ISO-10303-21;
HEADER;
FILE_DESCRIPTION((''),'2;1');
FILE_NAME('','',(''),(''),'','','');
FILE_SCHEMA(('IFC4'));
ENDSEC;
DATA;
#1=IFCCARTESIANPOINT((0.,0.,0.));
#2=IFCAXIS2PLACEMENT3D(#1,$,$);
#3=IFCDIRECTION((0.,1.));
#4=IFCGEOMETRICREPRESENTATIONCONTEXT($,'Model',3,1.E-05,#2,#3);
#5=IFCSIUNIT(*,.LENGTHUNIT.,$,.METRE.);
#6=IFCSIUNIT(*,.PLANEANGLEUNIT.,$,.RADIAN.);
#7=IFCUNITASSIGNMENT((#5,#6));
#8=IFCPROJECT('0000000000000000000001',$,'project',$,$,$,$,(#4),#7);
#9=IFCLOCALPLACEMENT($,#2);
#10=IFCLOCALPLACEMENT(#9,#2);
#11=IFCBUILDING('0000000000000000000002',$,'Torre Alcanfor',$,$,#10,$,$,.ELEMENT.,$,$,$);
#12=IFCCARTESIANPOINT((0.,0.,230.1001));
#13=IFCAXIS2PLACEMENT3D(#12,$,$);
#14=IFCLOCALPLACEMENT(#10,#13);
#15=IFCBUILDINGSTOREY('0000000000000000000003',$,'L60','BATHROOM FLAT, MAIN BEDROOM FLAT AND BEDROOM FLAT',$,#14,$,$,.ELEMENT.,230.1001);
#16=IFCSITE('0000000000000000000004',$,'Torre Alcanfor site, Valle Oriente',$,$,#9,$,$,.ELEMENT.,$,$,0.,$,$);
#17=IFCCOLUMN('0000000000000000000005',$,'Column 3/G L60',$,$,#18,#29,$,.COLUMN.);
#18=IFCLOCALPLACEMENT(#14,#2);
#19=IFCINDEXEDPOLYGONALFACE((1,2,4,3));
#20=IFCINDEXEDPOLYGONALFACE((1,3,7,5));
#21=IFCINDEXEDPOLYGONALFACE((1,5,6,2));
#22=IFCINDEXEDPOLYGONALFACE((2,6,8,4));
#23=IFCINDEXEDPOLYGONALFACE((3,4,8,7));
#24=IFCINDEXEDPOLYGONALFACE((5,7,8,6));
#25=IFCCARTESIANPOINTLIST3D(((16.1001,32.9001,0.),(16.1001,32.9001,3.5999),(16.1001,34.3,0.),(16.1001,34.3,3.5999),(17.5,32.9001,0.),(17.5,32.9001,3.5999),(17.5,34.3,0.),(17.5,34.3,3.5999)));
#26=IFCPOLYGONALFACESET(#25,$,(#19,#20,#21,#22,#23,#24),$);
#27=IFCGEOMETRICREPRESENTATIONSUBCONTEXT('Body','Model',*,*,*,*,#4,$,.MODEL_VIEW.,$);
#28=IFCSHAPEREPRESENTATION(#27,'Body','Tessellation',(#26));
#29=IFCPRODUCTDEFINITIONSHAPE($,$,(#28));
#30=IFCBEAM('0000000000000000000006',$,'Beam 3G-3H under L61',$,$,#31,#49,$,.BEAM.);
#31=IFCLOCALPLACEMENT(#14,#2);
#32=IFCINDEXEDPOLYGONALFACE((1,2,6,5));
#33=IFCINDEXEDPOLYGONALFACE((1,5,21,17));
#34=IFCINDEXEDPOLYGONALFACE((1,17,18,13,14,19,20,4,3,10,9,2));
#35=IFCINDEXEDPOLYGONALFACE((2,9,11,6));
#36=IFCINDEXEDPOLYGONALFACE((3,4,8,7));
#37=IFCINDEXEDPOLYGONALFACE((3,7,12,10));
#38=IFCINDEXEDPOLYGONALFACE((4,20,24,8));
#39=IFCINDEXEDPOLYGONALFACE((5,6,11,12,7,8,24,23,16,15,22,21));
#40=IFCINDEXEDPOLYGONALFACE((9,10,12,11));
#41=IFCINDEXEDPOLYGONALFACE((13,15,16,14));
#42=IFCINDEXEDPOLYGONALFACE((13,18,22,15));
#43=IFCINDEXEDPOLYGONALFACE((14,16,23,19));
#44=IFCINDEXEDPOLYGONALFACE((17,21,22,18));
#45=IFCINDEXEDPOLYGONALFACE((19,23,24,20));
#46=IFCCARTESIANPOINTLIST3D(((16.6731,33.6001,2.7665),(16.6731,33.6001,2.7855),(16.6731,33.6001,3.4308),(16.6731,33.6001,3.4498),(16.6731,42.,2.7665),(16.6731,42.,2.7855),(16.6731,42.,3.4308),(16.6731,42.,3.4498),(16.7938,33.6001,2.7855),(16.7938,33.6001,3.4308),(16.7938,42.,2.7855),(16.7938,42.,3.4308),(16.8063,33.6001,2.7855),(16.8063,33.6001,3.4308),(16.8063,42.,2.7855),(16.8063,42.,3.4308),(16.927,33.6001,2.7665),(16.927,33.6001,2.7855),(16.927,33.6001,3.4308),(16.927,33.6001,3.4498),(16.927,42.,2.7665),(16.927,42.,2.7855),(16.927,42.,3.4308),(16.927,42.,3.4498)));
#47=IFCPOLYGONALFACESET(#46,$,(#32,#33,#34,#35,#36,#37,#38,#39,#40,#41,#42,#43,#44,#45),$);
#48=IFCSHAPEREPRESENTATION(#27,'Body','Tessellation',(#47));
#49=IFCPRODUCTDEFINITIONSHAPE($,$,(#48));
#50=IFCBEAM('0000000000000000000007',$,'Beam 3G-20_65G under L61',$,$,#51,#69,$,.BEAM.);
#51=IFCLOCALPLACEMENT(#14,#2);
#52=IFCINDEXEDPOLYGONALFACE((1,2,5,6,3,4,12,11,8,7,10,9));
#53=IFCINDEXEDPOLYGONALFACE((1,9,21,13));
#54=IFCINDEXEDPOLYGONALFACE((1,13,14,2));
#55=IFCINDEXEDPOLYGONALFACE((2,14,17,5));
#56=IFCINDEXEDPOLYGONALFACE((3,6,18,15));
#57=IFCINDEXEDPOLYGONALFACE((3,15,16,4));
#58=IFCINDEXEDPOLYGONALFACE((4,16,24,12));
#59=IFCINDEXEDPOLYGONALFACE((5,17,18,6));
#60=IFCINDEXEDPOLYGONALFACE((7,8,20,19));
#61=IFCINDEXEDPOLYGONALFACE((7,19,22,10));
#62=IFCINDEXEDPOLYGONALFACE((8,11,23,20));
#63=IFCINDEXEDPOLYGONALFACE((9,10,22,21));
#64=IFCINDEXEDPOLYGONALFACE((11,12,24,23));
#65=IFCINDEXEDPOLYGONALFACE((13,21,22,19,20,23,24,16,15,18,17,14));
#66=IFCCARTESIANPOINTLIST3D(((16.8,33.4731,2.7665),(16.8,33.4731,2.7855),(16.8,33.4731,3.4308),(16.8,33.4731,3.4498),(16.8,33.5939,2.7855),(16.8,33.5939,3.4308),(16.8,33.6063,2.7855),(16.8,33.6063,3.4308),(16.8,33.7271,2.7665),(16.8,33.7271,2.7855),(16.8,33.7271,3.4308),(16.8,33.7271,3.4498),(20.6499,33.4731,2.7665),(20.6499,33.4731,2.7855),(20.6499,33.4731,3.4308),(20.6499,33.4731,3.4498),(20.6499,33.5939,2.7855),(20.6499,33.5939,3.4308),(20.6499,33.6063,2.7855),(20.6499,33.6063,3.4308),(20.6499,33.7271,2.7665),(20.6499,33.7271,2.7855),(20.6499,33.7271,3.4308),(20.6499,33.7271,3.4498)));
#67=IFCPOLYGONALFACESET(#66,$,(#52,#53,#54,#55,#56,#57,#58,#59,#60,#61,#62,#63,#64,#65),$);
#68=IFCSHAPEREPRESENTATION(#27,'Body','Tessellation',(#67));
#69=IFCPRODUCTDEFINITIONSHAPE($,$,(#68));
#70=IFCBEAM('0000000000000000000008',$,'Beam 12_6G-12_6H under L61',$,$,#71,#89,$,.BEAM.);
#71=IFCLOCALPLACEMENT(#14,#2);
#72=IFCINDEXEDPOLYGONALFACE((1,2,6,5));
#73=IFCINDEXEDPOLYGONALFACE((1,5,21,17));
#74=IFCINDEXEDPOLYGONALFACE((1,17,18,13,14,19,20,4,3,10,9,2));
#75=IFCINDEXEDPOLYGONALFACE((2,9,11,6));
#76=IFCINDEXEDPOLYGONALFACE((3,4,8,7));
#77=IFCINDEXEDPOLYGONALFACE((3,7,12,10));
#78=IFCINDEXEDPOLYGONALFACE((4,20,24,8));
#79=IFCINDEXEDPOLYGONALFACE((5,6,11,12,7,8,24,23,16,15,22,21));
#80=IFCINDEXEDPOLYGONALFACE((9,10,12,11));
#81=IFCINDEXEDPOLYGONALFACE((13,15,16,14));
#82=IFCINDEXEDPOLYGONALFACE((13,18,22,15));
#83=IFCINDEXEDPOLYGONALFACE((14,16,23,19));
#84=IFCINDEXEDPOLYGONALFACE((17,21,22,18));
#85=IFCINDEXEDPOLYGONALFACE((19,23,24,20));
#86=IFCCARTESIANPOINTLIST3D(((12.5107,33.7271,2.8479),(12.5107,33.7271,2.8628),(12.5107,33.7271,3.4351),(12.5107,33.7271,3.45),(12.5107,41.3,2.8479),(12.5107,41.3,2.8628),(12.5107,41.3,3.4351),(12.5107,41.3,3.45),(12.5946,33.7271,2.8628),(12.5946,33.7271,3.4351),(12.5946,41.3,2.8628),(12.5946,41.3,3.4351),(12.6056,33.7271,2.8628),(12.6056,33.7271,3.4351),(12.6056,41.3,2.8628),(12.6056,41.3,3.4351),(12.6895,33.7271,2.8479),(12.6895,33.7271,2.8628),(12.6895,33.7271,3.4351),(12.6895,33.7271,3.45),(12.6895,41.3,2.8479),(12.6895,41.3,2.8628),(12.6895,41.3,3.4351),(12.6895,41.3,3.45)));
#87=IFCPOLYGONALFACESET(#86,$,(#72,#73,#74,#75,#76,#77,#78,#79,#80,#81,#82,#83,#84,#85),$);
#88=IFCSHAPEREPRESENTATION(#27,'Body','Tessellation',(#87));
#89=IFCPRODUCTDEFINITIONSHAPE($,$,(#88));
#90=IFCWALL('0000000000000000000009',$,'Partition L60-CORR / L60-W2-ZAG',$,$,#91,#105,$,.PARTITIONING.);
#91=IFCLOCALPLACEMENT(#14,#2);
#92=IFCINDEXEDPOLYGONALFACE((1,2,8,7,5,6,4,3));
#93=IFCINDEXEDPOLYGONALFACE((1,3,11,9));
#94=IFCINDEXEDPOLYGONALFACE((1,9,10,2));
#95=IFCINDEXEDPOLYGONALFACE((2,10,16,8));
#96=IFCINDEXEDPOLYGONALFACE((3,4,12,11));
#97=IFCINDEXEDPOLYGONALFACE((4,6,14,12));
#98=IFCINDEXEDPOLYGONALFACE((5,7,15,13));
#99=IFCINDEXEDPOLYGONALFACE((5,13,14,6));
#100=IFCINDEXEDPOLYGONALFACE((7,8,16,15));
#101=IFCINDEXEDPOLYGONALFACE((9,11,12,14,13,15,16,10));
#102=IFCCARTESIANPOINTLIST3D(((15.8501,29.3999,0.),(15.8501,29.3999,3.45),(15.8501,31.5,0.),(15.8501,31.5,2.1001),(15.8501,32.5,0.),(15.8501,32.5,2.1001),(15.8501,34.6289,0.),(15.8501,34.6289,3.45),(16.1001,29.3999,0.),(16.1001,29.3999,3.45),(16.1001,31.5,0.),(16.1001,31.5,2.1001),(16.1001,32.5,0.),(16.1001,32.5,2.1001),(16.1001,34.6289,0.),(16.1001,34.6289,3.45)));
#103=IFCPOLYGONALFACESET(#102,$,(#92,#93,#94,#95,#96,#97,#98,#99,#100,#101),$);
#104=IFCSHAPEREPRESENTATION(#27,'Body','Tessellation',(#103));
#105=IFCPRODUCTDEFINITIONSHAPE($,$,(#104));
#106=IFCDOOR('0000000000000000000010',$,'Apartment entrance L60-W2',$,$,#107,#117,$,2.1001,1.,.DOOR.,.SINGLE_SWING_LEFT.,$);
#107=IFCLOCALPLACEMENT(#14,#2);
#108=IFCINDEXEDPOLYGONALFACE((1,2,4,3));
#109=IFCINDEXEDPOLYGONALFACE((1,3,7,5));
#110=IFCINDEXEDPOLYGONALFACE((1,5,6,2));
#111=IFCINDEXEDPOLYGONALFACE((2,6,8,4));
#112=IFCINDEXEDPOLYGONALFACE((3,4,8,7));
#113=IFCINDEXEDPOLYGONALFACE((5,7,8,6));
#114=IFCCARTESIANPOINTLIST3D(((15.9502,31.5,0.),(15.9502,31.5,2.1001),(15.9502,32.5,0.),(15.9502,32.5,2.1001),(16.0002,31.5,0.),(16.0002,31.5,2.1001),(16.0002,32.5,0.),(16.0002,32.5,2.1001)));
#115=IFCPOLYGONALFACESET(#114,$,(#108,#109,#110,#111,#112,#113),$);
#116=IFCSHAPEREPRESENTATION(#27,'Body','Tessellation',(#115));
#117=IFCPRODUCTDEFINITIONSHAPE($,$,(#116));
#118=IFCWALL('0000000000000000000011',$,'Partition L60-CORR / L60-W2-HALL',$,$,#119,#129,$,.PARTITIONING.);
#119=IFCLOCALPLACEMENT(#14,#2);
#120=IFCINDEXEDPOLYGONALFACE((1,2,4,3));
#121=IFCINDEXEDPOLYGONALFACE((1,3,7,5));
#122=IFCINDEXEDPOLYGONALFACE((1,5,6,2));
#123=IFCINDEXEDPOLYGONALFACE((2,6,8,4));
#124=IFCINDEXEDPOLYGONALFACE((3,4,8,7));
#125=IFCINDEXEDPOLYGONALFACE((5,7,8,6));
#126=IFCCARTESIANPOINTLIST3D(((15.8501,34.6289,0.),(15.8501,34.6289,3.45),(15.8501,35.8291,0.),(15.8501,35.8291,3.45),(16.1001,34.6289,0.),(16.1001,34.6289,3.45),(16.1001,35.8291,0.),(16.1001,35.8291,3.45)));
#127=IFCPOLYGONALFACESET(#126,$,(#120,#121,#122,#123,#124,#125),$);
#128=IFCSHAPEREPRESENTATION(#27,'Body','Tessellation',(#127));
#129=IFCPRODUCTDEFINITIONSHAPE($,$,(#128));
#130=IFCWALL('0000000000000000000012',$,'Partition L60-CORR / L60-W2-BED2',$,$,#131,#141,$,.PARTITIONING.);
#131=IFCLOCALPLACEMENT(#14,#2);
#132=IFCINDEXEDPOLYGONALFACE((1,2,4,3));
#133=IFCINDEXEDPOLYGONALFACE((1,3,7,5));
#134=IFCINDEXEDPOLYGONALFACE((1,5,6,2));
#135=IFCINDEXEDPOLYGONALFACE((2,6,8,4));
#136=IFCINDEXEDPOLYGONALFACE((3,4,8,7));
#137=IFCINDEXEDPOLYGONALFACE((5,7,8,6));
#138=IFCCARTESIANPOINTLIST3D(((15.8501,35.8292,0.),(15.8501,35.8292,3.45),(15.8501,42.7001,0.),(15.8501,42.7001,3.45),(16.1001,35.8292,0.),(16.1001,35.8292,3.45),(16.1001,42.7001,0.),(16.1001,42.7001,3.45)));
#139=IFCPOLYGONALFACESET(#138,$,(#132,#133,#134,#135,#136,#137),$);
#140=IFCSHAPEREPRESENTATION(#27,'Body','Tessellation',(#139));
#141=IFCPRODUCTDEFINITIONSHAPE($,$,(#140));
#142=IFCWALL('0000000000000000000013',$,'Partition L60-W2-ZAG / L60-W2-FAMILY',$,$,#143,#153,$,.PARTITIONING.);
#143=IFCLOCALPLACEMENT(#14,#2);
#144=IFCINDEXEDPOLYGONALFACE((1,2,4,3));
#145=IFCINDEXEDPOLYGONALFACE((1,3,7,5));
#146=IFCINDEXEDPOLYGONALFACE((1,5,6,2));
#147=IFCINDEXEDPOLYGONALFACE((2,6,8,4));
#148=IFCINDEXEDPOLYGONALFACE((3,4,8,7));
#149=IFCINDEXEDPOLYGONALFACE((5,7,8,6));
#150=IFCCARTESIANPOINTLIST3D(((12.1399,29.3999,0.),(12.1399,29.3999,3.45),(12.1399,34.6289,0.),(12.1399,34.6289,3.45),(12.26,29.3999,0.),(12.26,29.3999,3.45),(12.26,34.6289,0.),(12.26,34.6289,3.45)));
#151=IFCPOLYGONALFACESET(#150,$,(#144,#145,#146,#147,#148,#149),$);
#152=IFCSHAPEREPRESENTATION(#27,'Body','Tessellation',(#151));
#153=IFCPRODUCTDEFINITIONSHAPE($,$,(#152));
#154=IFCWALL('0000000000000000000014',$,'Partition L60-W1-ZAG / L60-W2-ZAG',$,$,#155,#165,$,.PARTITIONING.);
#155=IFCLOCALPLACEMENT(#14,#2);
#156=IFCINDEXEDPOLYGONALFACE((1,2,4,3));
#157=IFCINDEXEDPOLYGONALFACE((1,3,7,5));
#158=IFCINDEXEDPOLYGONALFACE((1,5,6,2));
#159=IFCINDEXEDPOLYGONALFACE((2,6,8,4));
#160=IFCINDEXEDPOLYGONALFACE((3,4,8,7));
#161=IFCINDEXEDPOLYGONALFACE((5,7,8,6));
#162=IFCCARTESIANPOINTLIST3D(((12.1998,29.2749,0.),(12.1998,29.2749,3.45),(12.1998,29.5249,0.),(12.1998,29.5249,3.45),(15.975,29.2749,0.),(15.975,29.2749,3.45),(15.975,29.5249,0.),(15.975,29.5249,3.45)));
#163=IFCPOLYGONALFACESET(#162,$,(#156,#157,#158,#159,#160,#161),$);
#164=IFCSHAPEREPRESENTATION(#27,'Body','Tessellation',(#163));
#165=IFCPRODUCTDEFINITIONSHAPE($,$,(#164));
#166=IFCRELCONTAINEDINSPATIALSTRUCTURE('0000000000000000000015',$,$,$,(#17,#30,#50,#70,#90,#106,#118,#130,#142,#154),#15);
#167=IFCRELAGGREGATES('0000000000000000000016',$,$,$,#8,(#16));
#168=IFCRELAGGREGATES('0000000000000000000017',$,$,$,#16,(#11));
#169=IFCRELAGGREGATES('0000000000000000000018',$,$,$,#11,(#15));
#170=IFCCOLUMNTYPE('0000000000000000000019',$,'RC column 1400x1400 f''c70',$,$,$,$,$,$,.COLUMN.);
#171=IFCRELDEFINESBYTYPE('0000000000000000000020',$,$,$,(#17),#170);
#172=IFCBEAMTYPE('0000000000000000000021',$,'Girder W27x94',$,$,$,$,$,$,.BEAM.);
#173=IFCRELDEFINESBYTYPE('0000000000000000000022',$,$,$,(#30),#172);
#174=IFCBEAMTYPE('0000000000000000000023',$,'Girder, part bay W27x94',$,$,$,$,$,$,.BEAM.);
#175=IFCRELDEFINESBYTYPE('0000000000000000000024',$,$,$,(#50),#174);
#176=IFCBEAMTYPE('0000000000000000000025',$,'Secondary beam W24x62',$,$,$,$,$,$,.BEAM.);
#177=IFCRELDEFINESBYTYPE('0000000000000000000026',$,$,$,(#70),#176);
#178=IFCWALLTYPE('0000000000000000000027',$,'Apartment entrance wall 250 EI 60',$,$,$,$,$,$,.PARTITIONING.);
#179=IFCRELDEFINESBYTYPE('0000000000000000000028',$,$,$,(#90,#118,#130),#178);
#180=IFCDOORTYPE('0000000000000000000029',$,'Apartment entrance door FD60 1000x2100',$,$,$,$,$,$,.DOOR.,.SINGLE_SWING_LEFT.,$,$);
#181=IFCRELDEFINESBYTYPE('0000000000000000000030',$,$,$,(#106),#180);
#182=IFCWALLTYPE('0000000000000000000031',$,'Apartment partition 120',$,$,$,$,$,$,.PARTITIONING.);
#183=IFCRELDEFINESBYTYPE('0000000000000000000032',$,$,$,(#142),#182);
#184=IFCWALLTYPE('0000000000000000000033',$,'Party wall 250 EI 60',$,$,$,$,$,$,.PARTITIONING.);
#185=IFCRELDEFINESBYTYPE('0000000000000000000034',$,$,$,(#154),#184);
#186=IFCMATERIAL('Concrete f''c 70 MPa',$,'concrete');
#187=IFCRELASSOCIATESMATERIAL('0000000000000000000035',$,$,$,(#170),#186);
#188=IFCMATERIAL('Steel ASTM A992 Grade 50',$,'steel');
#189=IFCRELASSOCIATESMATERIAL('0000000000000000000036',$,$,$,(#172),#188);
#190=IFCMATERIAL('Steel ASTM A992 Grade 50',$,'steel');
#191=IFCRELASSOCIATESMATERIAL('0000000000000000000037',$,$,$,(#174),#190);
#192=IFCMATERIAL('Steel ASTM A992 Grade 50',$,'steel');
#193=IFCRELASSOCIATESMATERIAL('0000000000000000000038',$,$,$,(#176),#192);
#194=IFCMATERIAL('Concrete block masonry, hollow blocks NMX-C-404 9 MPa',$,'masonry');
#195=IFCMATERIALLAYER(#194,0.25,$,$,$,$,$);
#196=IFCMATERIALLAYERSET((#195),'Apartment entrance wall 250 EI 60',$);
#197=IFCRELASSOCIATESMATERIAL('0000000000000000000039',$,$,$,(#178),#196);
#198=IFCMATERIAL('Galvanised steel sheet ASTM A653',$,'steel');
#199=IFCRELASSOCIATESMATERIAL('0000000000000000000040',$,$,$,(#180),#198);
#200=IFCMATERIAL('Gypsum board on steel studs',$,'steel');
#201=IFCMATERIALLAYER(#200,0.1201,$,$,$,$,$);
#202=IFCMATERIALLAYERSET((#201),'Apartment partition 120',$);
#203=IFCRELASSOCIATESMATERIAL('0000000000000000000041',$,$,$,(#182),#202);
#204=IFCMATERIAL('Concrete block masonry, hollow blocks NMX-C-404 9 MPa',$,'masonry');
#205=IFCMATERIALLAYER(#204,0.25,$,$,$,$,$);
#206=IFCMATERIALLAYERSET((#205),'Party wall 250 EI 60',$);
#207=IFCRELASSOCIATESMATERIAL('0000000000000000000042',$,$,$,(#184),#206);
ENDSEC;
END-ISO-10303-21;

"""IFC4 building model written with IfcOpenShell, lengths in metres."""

from ifc_helpers import new_model, si_unit, direction, frame, frame_2d, origin, origin_2d, place, context, subcontext, project, spatial, rectangle, i_section, extrude, material, layer, layer_set, material_profile, profile_set, type_object, element, fill, save


model = new_model("IFC4")

# Units and contexts
model_context = context("Model", 3, precision=1e-05, world=origin(), true_north=direction((0.0, 1.0)))
body_context = subcontext(model_context, "Body", "Model", "MODEL_VIEW")
ifc_project = project(units=[si_unit("LENGTHUNIT", "METRE"), si_unit("PLANEANGLEUNIT", "RADIAN")], contexts=[model_context])

# Site, building, storey
site_placement = place(None, origin())
site = spatial("IfcSite", under=ifc_project, at=site_placement, Name="Torre Alcanfor site, Valle Oriente", CompositionType="ELEMENT", RefElevation=0.0)
building_placement = place(site_placement, origin())
building = spatial("IfcBuilding", under=site, at=building_placement, Name="Torre Alcanfor", CompositionType="ELEMENT")
storey_placement = place(building_placement, frame((0.0, 0.0, 230.1001)))
storey = spatial("IfcBuildingStorey", under=building, at=storey_placement, Name="L60", Description="BATHROOM FLAT, MAIN BEDROOM FLAT AND BEDROOM FLAT", CompositionType="ELEMENT", Elevation=230.1001)

# Column
ifc_material_1 = material(Name="Concrete f'c 70 MPa", Category="concrete")
ifc_material_profile_1 = material_profile(ifc_material_1, rectangle(XDim=1.3999, YDim=1.3999, at=origin_2d()), Name="1400x1400")
ifc_profile_set_1 = profile_set([ifc_material_profile_1], Name="Concrete f'c 70 MPa")
column_type = type_object("IfcColumnType", Name="RC column 1400x1400 f'c70", PredefinedType="COLUMN", material=ifc_profile_set_1)
column_placement = place(storey_placement, frame((16.8, 33.6001, 0.0), z_axis=(0.0, 0.0, 1.0), x_axis=(1.0, 0.0, 0.0)))
element("IfcColumn", 1, at=column_placement, inside=storey, type_object=column_type, Name="Column 3/G L60", PredefinedType="COLUMN", context=body_context, shape_type="SweptSolid", body=[
    extrude(rectangle(XDim=1.3999, YDim=1.3999, at=origin_2d()), origin(), (0.0, 0.0, 1.0), 3.5999),
])

# Beams
ifc_material_2 = material(Name="Steel ASTM A992 Grade 50", Category="steel")
ifc_material_profile_2 = material_profile(ifc_material_2, i_section(OverallWidth=0.2539, OverallDepth=0.6833, WebThickness=0.0125, FlangeThickness=0.019, at=origin_2d()), Name="W27x94")
ifc_profile_set_2 = profile_set([ifc_material_profile_2], Name="Steel ASTM A992 Grade 50")
beam_type_1 = type_object("IfcBeamType", Name="Girder W27x94", PredefinedType="BEAM", material=ifc_profile_set_2)
beam_1_placement = place(storey_placement, frame((16.8, 33.6001, 3.1082), z_axis=(0.0, 1.0, 0.0), x_axis=(-1.0, 0.0, 0.0)))
element("IfcBeam", 2, at=beam_1_placement, inside=storey, type_object=beam_type_1, Name="Beam 3G-3H under L61", PredefinedType="BEAM", context=body_context, shape_type="SweptSolid", body=[
    extrude(i_section(OverallWidth=0.2539, OverallDepth=0.6833, WebThickness=0.0125, FlangeThickness=0.019, at=origin_2d()), origin(), (0.0, 0.0, 1.0), 8.3999),
])
ifc_material_3 = material(Name="Steel ASTM A992 Grade 50", Category="steel")
ifc_material_profile_3 = material_profile(ifc_material_3, i_section(OverallWidth=0.2539, OverallDepth=0.6833, WebThickness=0.0125, FlangeThickness=0.019, at=origin_2d()), Name="W27x94")
ifc_profile_set_3 = profile_set([ifc_material_profile_3], Name="Steel ASTM A992 Grade 50")
beam_type_2 = type_object("IfcBeamType", Name="Girder, part bay W27x94", PredefinedType="BEAM", material=ifc_profile_set_3)
beam_2_placement = place(storey_placement, frame((16.8, 33.6001, 3.1082), z_axis=(1.0, 0.0, 0.0), x_axis=(0.0, 1.0, 0.0)))
element("IfcBeam", 3, at=beam_2_placement, inside=storey, type_object=beam_type_2, Name="Beam 3G-20_65G under L61", PredefinedType="BEAM", context=body_context, shape_type="SweptSolid", body=[
    extrude(i_section(OverallWidth=0.2539, OverallDepth=0.6833, WebThickness=0.0125, FlangeThickness=0.019, at=origin_2d()), origin(), (0.0, 0.0, 1.0), 3.8499),
])
ifc_material_4 = material(Name="Steel ASTM A992 Grade 50", Category="steel")
ifc_material_profile_4 = material_profile(ifc_material_4, i_section(OverallWidth=0.1787, OverallDepth=0.6021, WebThickness=0.011, FlangeThickness=0.0149, at=origin_2d()), Name="W24x62")
ifc_profile_set_4 = profile_set([ifc_material_profile_4], Name="Steel ASTM A992 Grade 50")
beam_type_3 = type_object("IfcBeamType", Name="Secondary beam W24x62", PredefinedType="BEAM", material=ifc_profile_set_4)
beam_3_placement = place(storey_placement, frame((12.6001, 33.7271, 3.1489), z_axis=(0.0, 1.0, 0.0), x_axis=(-1.0, 0.0, 0.0)))
element("IfcBeam", 4, at=beam_3_placement, inside=storey, type_object=beam_type_3, Name="Beam 12_6G-12_6H under L61", PredefinedType="BEAM", context=body_context, shape_type="SweptSolid", body=[
    extrude(i_section(OverallWidth=0.1787, OverallDepth=0.6021, WebThickness=0.011, FlangeThickness=0.0149, at=origin_2d()), origin(), (0.0, 0.0, 1.0), 7.573),
])

# Wall, opening, door
ifc_material_5 = material(Name="Concrete block masonry, hollow blocks NMX-C-404 9 MPa", Category="masonry")
ifc_layer_1 = layer(ifc_material_5, 0.25)
ifc_layer_set_1 = layer_set([ifc_layer_1], Name="Apartment entrance wall 250 EI 60")
wall_type_1 = type_object("IfcWallType", Name="Apartment entrance wall 250 EI 60", PredefinedType="PARTITIONING", material=ifc_layer_set_1)
wall_1_placement = place(storey_placement, frame((15.9751, 29.3999, 0.0), z_axis=(0.0, 0.0, 1.0), x_axis=(0.0, 1.0, 0.0)))
wall_1 = element("IfcWall", 5, at=wall_1_placement, inside=storey, type_object=wall_type_1, Name="Partition L60-CORR / L60-W2-ZAG", PredefinedType="PARTITIONING", context=body_context, shape_type="SweptSolid", body=[
    extrude(rectangle(XDim=5.229, YDim=0.25, at=frame_2d((2.6145, 0.0))), origin(), (0.0, 0.0, 1.0), 3.45),
])
opening_1_placement = place(wall_1_placement, frame((2.1001, 0.0, 0.0)))
opening_1 = element("IfcOpeningElement", 6, at=opening_1_placement, cuts=wall_1, PredefinedType="OPENING", context=body_context, shape_type="SweptSolid", body=[
    extrude(rectangle(XDim=1.0, YDim=2.1001, at=frame_2d((0.5, 1.05))), frame((0.0, 0.135, 0.0), z_axis=(0.0, -1.0, 0.0), x_axis=(1.0, 0.0, 0.0)), (0.0, 0.0, 1.0), 0.27),
])
ifc_material_6 = material(Name="Galvanised steel sheet ASTM A653", Category="steel")
door_type_1 = type_object("IfcDoorType", Name="Apartment entrance door FD60 1000x2100", OperationType="SINGLE_SWING_LEFT", PredefinedType="DOOR", material=ifc_material_6)
door_1_placement = place(opening_1_placement, origin())
door_1 = element("IfcDoor", 7, at=door_1_placement, inside=storey, type_object=door_type_1, Name="Apartment entrance L60-W2", OperationType="SINGLE_SWING_LEFT", OverallHeight=2.1001, OverallWidth=1.0, PredefinedType="DOOR", context=body_context, shape_type="SweptSolid", body=[
    extrude(rectangle(XDim=1.0, YDim=2.1001, at=frame_2d((0.5, 1.05))), frame((0.0, 0.0249, 0.0), z_axis=(0.0, -1.0, 0.0), x_axis=(1.0, 0.0, 0.0)), (0.0, 0.0, 1.0), 0.05),
])
fill(opening_1, door_1)

# Walls
wall_2_placement = place(storey_placement, frame((15.9751, 34.6289, 0.0), z_axis=(0.0, 0.0, 1.0), x_axis=(0.0, 1.0, 0.0)))
element("IfcWall", 8, at=wall_2_placement, inside=storey, type_object=wall_type_1, Name="Partition L60-CORR / L60-W2-HALL", PredefinedType="PARTITIONING", context=body_context, shape_type="SweptSolid", body=[
    extrude(rectangle(XDim=1.2002, YDim=0.25, at=frame_2d((0.6001, 0.0))), origin(), (0.0, 0.0, 1.0), 3.45),
])
wall_3_placement = place(storey_placement, frame((15.9751, 35.8291, 0.0), z_axis=(0.0, 0.0, 1.0), x_axis=(0.0, 1.0, 0.0)))
element("IfcWall", 9, at=wall_3_placement, inside=storey, type_object=wall_type_1, Name="Partition L60-CORR / L60-W2-BED2", PredefinedType="PARTITIONING", context=body_context, shape_type="SweptSolid", body=[
    extrude(rectangle(XDim=6.8708, YDim=0.25, at=frame_2d((3.4355, 0.0))), origin(), (0.0, 0.0, 1.0), 3.45),
])
ifc_material_7 = material(Name="Gypsum board on steel studs", Category="steel")
ifc_layer_2 = layer(ifc_material_7, 0.1201)
ifc_layer_set_2 = layer_set([ifc_layer_2], Name="Apartment partition 120")
wall_type_2 = type_object("IfcWallType", Name="Apartment partition 120", PredefinedType="PARTITIONING", material=ifc_layer_set_2)
wall_4_placement = place(storey_placement, frame((12.2, 29.3999, 0.0), z_axis=(0.0, 0.0, 1.0), x_axis=(0.0, 1.0, 0.0)))
element("IfcWall", 10, at=wall_4_placement, inside=storey, type_object=wall_type_2, Name="Partition L60-W2-ZAG / L60-W2-FAMILY", PredefinedType="PARTITIONING", context=body_context, shape_type="SweptSolid", body=[
    extrude(rectangle(XDim=5.229, YDim=0.1201, at=frame_2d((2.6145, 0.0))), origin(), (0.0, 0.0, 1.0), 3.45),
])
ifc_material_8 = material(Name="Concrete block masonry, hollow blocks NMX-C-404 9 MPa", Category="masonry")
ifc_layer_3 = layer(ifc_material_8, 0.25)
ifc_layer_set_3 = layer_set([ifc_layer_3], Name="Party wall 250 EI 60")
wall_type_3 = type_object("IfcWallType", Name="Party wall 250 EI 60", PredefinedType="PARTITIONING", material=ifc_layer_set_3)
wall_5_placement = place(storey_placement, frame((15.9751, 29.3999, 0.0), z_axis=(0.0, 0.0, 1.0), x_axis=(-1.0, 0.0, 0.0)))
element("IfcWall", 11, at=wall_5_placement, inside=storey, type_object=wall_type_3, Name="Partition L60-W1-ZAG / L60-W2-ZAG", PredefinedType="PARTITIONING", context=body_context, shape_type="SweptSolid", body=[
    extrude(rectangle(XDim=3.7751, YDim=0.25, at=frame_2d((1.8877, 0.0))), origin(), (0.0, 0.0, 1.0), 3.45),
])

save(model, "model.ifc")
